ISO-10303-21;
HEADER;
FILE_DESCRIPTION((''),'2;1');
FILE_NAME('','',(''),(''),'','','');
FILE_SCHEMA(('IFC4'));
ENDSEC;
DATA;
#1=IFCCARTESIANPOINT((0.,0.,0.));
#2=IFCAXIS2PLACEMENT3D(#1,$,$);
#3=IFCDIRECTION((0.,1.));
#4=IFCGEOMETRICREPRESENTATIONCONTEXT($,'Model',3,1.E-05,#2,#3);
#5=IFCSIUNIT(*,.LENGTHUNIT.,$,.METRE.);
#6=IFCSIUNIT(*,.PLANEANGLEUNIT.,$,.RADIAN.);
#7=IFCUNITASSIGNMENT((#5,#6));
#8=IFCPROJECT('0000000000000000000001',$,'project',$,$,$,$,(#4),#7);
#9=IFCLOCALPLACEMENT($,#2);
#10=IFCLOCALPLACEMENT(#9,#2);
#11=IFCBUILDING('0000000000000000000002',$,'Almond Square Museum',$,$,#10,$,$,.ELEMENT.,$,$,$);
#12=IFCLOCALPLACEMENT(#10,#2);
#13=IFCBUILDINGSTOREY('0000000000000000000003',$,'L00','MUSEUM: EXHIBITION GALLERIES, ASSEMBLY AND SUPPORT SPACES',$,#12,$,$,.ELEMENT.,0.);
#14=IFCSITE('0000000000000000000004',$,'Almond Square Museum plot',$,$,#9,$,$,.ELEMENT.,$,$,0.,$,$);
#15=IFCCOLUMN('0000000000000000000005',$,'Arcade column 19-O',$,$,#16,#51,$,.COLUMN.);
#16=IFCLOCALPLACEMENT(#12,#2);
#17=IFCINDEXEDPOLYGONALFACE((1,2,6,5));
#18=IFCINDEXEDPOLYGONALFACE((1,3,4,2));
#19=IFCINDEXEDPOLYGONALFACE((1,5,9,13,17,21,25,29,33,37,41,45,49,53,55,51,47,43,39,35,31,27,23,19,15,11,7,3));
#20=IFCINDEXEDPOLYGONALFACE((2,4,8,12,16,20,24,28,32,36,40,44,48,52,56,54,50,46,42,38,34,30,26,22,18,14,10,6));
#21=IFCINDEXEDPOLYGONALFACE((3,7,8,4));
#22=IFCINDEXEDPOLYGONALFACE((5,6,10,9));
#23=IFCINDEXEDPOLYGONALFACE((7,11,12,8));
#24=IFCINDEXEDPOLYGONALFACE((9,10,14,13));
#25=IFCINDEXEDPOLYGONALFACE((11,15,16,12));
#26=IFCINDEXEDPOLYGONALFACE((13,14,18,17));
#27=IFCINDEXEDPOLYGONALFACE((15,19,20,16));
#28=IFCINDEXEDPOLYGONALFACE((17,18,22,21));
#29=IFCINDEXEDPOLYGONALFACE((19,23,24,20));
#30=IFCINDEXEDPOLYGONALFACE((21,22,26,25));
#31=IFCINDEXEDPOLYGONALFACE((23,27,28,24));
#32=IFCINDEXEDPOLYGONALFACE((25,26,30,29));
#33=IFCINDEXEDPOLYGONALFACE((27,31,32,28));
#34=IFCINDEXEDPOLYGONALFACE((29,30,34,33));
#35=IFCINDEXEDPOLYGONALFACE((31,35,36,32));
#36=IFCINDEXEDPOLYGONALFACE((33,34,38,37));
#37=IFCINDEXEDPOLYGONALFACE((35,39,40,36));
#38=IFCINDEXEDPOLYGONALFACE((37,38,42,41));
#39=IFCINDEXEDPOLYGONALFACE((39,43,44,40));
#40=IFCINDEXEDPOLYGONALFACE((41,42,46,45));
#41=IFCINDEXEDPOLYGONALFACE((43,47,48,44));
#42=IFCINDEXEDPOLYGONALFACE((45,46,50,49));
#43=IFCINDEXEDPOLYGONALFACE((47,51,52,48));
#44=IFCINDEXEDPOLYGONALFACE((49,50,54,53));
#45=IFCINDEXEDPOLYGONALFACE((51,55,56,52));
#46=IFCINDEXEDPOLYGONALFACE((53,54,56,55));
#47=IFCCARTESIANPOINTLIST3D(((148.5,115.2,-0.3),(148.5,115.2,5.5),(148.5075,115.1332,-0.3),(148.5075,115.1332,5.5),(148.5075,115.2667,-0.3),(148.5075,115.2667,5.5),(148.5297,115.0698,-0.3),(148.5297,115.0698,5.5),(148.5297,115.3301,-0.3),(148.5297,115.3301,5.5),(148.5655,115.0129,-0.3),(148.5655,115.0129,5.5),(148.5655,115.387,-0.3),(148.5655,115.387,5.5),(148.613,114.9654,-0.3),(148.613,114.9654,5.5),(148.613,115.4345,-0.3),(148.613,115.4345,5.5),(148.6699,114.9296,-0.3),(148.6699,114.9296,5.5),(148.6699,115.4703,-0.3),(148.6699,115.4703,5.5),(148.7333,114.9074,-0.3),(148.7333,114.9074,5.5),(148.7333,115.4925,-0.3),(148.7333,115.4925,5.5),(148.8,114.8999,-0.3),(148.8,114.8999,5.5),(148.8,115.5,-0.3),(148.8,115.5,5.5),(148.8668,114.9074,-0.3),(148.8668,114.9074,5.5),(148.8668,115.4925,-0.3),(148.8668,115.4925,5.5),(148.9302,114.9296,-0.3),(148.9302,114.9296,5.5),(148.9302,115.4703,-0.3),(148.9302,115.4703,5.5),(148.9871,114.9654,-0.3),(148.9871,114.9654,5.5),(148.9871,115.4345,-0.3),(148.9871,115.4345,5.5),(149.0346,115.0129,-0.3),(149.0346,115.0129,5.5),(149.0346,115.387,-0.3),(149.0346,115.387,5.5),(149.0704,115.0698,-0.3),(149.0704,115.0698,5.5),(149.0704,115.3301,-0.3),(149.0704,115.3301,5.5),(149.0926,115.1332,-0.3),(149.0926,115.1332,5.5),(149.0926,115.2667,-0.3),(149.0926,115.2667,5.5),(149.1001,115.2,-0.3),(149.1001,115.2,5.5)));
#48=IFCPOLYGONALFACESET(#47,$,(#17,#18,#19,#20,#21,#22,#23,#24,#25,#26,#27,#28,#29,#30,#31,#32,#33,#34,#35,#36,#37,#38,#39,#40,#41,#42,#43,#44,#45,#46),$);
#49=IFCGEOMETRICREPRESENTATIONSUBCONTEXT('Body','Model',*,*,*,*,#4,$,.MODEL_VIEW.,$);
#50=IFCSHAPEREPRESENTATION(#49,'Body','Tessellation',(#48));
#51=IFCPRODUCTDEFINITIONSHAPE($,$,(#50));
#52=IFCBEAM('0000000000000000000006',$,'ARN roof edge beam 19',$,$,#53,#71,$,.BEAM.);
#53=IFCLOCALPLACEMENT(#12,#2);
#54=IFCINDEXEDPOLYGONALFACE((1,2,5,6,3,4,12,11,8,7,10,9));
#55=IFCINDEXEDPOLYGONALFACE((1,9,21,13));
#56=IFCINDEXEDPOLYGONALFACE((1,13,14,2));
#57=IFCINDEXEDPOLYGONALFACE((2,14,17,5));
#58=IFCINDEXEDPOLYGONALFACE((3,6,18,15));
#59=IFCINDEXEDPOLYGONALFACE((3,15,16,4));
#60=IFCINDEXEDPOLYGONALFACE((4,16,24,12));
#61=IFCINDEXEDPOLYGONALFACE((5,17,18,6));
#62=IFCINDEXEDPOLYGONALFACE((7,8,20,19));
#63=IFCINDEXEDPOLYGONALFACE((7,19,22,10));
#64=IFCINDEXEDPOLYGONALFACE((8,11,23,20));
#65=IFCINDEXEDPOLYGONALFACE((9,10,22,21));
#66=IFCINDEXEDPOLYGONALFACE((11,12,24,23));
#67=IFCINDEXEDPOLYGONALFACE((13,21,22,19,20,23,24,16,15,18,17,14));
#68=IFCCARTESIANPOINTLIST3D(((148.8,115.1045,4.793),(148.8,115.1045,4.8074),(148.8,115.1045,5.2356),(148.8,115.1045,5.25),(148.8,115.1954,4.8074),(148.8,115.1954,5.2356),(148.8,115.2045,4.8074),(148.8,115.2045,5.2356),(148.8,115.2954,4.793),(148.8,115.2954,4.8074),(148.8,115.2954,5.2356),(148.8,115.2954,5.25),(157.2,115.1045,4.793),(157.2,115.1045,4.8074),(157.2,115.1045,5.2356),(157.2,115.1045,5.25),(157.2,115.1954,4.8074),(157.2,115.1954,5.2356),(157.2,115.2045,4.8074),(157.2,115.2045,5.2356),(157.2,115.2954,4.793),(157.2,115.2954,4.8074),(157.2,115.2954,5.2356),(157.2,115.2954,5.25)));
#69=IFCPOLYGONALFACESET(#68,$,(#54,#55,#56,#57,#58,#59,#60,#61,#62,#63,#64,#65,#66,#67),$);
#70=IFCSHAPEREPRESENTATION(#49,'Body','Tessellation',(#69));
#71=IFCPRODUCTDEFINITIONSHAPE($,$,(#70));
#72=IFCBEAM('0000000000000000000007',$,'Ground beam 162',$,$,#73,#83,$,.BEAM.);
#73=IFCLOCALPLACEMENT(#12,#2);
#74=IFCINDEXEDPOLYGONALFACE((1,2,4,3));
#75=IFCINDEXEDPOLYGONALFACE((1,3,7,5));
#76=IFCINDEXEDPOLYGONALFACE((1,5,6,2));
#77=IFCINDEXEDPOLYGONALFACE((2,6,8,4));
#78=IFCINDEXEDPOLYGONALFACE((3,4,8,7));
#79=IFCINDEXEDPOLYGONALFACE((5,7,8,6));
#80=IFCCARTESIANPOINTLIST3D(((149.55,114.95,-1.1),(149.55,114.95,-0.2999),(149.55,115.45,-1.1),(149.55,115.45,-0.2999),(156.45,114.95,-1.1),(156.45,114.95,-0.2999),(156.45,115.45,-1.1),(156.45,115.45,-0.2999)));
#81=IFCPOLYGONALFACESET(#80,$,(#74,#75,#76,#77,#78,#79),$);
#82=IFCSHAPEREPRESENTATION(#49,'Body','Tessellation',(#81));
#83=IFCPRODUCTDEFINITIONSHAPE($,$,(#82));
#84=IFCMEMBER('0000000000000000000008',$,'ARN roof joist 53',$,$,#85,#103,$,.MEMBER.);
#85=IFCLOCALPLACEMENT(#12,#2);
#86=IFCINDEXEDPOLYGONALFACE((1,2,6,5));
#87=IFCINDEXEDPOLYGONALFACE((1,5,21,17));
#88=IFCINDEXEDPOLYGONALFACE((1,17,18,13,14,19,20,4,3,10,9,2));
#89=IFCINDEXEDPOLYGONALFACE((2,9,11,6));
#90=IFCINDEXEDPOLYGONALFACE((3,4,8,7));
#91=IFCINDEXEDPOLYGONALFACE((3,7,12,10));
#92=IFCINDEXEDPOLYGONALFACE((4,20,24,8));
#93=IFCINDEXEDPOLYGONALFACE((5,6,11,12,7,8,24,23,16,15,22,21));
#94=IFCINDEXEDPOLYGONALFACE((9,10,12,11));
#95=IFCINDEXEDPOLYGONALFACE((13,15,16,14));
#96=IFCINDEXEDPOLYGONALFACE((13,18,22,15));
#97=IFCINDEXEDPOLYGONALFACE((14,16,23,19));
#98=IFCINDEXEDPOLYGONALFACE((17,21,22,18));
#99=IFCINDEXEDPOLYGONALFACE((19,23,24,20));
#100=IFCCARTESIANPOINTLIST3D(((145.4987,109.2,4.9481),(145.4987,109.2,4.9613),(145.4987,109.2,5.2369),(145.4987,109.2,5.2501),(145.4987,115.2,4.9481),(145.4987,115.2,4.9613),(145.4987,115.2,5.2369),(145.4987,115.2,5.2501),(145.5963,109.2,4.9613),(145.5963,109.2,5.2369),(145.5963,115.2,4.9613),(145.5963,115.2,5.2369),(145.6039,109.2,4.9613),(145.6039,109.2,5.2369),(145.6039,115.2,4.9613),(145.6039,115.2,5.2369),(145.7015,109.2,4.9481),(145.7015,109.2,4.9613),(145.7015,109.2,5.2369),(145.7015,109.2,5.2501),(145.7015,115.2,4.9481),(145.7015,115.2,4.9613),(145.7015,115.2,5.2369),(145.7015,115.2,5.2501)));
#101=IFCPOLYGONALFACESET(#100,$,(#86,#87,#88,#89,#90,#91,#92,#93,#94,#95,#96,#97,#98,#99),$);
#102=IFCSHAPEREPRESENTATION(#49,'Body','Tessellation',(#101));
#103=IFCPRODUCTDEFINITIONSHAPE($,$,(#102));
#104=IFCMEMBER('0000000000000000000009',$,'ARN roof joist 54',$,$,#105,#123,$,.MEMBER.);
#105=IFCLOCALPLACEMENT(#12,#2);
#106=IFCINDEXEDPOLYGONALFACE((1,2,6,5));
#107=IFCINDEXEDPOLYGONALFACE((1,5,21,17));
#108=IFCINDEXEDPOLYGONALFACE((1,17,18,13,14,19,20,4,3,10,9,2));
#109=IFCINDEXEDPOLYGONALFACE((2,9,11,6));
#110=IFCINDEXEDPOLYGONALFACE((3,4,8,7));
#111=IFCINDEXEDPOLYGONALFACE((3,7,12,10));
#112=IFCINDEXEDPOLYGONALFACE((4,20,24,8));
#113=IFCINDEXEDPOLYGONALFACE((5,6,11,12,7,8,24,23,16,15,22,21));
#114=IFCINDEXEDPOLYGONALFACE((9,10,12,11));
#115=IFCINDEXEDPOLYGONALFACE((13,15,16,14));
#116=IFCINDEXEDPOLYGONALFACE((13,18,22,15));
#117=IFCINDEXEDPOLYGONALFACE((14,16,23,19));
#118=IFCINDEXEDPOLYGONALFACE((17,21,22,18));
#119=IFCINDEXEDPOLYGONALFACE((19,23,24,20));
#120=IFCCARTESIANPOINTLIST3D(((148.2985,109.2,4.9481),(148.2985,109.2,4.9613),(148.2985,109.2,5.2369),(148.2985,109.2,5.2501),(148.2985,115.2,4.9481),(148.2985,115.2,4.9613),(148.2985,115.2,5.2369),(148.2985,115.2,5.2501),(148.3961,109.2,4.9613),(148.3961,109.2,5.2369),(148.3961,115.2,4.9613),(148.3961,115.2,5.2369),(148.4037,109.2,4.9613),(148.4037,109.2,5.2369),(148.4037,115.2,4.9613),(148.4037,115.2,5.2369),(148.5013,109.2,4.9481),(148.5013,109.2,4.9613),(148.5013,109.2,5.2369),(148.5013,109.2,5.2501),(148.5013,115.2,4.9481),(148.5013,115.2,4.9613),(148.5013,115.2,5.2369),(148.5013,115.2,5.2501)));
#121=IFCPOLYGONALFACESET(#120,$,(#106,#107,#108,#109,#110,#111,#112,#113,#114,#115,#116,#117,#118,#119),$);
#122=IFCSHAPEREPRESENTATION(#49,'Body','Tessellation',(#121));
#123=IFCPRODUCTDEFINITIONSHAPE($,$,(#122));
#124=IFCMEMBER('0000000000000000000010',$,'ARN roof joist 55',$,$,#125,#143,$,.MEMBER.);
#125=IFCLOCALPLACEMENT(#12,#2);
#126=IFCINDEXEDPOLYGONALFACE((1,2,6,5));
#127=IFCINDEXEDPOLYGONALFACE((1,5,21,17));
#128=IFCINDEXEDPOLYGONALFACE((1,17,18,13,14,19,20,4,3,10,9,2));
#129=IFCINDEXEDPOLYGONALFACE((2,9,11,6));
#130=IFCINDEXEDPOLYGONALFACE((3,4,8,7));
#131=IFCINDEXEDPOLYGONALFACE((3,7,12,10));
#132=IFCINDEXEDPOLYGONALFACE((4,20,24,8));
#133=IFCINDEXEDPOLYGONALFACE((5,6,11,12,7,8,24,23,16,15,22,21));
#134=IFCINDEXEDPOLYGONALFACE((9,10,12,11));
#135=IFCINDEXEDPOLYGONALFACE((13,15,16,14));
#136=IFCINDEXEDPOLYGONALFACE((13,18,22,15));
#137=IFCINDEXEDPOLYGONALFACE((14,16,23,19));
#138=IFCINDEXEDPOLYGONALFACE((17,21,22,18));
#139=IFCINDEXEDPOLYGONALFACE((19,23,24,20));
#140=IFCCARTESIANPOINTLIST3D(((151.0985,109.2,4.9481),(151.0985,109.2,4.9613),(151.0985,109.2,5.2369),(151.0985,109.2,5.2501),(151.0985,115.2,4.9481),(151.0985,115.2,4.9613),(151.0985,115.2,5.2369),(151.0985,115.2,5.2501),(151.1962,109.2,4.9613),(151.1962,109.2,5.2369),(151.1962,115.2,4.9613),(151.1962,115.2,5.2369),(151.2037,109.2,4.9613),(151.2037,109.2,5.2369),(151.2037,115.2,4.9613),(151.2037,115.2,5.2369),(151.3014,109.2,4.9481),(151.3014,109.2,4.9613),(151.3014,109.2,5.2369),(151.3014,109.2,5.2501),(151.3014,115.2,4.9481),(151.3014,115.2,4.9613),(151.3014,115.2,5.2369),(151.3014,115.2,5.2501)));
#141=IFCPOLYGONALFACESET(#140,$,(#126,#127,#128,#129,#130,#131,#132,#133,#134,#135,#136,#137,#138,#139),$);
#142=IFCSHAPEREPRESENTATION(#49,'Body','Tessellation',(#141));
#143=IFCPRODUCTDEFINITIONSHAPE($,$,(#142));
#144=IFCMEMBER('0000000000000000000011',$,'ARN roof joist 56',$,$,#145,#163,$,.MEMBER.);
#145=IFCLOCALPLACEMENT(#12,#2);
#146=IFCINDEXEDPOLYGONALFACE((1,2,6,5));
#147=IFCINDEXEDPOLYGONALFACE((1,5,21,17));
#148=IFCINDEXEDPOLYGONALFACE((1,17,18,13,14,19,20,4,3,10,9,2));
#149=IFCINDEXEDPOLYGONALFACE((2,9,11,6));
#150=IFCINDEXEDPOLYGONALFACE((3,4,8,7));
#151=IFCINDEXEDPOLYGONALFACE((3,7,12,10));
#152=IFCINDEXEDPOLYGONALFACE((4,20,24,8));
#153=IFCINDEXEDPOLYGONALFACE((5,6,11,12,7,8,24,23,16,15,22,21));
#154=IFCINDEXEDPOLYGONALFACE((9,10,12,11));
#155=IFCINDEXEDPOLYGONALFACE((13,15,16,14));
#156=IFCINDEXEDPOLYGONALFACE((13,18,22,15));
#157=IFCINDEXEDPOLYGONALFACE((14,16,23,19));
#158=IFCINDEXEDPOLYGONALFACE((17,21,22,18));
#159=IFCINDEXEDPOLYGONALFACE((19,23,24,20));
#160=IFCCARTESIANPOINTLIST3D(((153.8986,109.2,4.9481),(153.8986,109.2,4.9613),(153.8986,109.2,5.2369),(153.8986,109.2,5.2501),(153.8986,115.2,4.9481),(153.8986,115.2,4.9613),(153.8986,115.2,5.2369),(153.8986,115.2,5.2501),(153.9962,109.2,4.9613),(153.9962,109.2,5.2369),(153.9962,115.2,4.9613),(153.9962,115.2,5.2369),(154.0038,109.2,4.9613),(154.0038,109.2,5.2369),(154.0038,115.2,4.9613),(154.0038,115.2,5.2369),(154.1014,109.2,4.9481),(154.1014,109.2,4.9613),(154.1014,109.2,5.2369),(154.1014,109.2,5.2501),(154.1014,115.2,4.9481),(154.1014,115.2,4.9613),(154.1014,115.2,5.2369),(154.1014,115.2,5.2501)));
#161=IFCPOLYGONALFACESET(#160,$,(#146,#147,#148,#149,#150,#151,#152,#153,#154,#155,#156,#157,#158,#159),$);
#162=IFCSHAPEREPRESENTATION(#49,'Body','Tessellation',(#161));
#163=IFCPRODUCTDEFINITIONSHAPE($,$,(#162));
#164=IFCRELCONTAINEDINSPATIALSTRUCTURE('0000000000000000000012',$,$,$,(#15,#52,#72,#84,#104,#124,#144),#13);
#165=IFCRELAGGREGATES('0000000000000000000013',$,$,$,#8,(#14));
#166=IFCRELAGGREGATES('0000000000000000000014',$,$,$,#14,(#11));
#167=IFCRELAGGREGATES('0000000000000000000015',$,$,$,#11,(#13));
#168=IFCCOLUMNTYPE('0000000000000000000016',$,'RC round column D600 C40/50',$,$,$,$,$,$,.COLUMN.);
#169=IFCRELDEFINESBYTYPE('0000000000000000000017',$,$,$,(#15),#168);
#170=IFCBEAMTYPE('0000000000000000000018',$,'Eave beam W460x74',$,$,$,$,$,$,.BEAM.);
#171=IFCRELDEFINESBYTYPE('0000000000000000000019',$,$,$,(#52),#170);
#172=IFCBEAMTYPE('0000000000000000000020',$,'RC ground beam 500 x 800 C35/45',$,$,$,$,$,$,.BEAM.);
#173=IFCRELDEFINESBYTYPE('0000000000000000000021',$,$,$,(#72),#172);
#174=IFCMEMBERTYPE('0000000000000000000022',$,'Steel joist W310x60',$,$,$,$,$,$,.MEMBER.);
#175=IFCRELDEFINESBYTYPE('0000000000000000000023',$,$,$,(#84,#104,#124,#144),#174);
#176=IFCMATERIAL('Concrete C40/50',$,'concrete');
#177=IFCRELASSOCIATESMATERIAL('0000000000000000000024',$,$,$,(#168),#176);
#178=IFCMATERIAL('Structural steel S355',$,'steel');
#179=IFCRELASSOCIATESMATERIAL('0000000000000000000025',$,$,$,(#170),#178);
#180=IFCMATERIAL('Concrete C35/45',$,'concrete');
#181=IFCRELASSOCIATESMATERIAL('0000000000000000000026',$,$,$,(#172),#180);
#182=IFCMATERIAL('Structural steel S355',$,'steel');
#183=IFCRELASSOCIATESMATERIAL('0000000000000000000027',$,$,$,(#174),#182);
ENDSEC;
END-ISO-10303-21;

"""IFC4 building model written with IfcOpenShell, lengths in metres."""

from ifc_helpers import new_model, si_unit, direction, frame, origin, origin_2d, place, context, subcontext, project, spatial, rectangle, circle, i_section, extrude, material, material_profile, profile_set, type_object, element, save


model = new_model("IFC4")

# Units and contexts
model_context = context("Model", 3, precision=1e-05, world=origin(), true_north=direction((0.0, 1.0)))
body_context = subcontext(model_context, "Body", "Model", "MODEL_VIEW")
ifc_project = project(units=[si_unit("LENGTHUNIT", "METRE"), si_unit("PLANEANGLEUNIT", "RADIAN")], contexts=[model_context])

# Site, building, storey
site_placement = place(None, origin())
site = spatial("IfcSite", under=ifc_project, at=site_placement, Name="Almond Square Museum plot", CompositionType="ELEMENT", RefElevation=0.0)
building_placement = place(site_placement, origin())
building = spatial("IfcBuilding", under=site, at=building_placement, Name="Almond Square Museum", CompositionType="ELEMENT")
storey_placement = place(building_placement, origin())
storey = spatial("IfcBuildingStorey", under=building, at=storey_placement, Name="L00", Description="MUSEUM: EXHIBITION GALLERIES, ASSEMBLY AND SUPPORT SPACES", CompositionType="ELEMENT", Elevation=0.0)

# Column
ifc_material_1 = material(Name="Concrete C40/50", Category="concrete")
ifc_material_profile_1 = material_profile(ifc_material_1, circle(Radius=0.3, at=origin_2d()))
ifc_profile_set_1 = profile_set([ifc_material_profile_1], Name="Concrete C40/50")
column_type = type_object("IfcColumnType", Name="RC round column D600 C40/50", PredefinedType="COLUMN", material=ifc_profile_set_1)
column_placement = place(storey_placement, frame((148.8, 115.2, -0.3), z_axis=(0.0, 0.0, 1.0), x_axis=(1.0, 0.0, 0.0)))
element("IfcColumn", 1, at=column_placement, inside=storey, type_object=column_type, Name="Arcade column 19-O", PredefinedType="COLUMN", context=body_context, shape_type="SweptSolid", body=[
    extrude(circle(Radius=0.3, at=origin_2d()), origin(), (0.0, 0.0, 1.0), 5.8),
])

# Beams
ifc_material_2 = material(Name="Structural steel S355", Category="steel")
ifc_material_profile_2 = material_profile(ifc_material_2, i_section(OverallWidth=0.1909, OverallDepth=0.457, WebThickness=0.009, FlangeThickness=0.0144, at=origin_2d()))
ifc_profile_set_2 = profile_set([ifc_material_profile_2], Name="Structural steel S355")
beam_type_1 = type_object("IfcBeamType", Name="Eave beam W460x74", PredefinedType="BEAM", material=ifc_profile_set_2)
beam_1_placement = place(storey_placement, frame((148.8, 115.2, 5.0215), z_axis=(1.0, 0.0, 0.0), x_axis=(0.0, 1.0, 0.0)))
element("IfcBeam", 2, at=beam_1_placement, inside=storey, type_object=beam_type_1, Name="ARN roof edge beam 19", PredefinedType="BEAM", context=body_context, shape_type="SweptSolid", body=[
    extrude(i_section(OverallWidth=0.1909, OverallDepth=0.457, WebThickness=0.009, FlangeThickness=0.0144, at=origin_2d()), origin(), (0.0, 0.0, 1.0), 8.3999),
])
ifc_material_3 = material(Name="Concrete C35/45", Category="concrete")
ifc_material_profile_3 = material_profile(ifc_material_3, rectangle(XDim=0.5, YDim=0.8, at=origin_2d()))
ifc_profile_set_3 = profile_set([ifc_material_profile_3], Name="Concrete C35/45")
beam_type_2 = type_object("IfcBeamType", Name="RC ground beam 500 x 800 C35/45", PredefinedType="BEAM", material=ifc_profile_set_3)
beam_2_placement = place(storey_placement, frame((149.55, 115.2, -0.7), z_axis=(1.0, 0.0, 0.0), x_axis=(0.0, 1.0, 0.0)))
element("IfcBeam", 3, at=beam_2_placement, inside=storey, type_object=beam_type_2, Name="Ground beam 162", PredefinedType="BEAM", context=body_context, shape_type="SweptSolid", body=[
    extrude(rectangle(XDim=0.5, YDim=0.8, at=origin_2d()), origin(), (0.0, 0.0, 1.0), 6.8999),
])

# Members
ifc_material_4 = material(Name="Structural steel S355", Category="steel")
ifc_material_profile_4 = material_profile(ifc_material_4, i_section(OverallWidth=0.2029, OverallDepth=0.302, WebThickness=0.0076, FlangeThickness=0.0132, at=origin_2d()))
ifc_profile_set_4 = profile_set([ifc_material_profile_4], Name="Structural steel S355")
member_type = type_object("IfcMemberType", Name="Steel joist W310x60", PredefinedType="MEMBER", material=ifc_profile_set_4)
for number, where, z_axis, x_axis, name in (
    (4, (145.6001, 109.2, 5.0991), (0.0, 1.0, 0.0), (-1.0, 0.0, 0.0), "ARN roof joist 53"),
    (5, (148.3999, 109.2, 5.0991), (0.0, 1.0, 0.0), (-1.0, 0.0, 0.0), "ARN roof joist 54"),
    (6, (151.2, 109.2, 5.0991), (0.0, 1.0, 0.0), (-1.0, 0.0, 0.0), "ARN roof joist 55"),
    (7, (154.0, 109.2, 5.0991), (0.0, 1.0, 0.0), (-1.0, 0.0, 0.0), "ARN roof joist 56"),
):
    element("IfcMember", number, at=place(storey_placement, frame(where, z_axis=z_axis, x_axis=x_axis)), inside=storey, type_object=member_type, Name=name, PredefinedType="MEMBER", context=body_context, shape_type="SweptSolid", body=[
        extrude(i_section(OverallWidth=0.2029, OverallDepth=0.302, WebThickness=0.0076, FlangeThickness=0.0132, at=origin_2d()), origin(), (0.0, 0.0, 1.0), 6.0),
    ])

save(model, "model.ifc")
